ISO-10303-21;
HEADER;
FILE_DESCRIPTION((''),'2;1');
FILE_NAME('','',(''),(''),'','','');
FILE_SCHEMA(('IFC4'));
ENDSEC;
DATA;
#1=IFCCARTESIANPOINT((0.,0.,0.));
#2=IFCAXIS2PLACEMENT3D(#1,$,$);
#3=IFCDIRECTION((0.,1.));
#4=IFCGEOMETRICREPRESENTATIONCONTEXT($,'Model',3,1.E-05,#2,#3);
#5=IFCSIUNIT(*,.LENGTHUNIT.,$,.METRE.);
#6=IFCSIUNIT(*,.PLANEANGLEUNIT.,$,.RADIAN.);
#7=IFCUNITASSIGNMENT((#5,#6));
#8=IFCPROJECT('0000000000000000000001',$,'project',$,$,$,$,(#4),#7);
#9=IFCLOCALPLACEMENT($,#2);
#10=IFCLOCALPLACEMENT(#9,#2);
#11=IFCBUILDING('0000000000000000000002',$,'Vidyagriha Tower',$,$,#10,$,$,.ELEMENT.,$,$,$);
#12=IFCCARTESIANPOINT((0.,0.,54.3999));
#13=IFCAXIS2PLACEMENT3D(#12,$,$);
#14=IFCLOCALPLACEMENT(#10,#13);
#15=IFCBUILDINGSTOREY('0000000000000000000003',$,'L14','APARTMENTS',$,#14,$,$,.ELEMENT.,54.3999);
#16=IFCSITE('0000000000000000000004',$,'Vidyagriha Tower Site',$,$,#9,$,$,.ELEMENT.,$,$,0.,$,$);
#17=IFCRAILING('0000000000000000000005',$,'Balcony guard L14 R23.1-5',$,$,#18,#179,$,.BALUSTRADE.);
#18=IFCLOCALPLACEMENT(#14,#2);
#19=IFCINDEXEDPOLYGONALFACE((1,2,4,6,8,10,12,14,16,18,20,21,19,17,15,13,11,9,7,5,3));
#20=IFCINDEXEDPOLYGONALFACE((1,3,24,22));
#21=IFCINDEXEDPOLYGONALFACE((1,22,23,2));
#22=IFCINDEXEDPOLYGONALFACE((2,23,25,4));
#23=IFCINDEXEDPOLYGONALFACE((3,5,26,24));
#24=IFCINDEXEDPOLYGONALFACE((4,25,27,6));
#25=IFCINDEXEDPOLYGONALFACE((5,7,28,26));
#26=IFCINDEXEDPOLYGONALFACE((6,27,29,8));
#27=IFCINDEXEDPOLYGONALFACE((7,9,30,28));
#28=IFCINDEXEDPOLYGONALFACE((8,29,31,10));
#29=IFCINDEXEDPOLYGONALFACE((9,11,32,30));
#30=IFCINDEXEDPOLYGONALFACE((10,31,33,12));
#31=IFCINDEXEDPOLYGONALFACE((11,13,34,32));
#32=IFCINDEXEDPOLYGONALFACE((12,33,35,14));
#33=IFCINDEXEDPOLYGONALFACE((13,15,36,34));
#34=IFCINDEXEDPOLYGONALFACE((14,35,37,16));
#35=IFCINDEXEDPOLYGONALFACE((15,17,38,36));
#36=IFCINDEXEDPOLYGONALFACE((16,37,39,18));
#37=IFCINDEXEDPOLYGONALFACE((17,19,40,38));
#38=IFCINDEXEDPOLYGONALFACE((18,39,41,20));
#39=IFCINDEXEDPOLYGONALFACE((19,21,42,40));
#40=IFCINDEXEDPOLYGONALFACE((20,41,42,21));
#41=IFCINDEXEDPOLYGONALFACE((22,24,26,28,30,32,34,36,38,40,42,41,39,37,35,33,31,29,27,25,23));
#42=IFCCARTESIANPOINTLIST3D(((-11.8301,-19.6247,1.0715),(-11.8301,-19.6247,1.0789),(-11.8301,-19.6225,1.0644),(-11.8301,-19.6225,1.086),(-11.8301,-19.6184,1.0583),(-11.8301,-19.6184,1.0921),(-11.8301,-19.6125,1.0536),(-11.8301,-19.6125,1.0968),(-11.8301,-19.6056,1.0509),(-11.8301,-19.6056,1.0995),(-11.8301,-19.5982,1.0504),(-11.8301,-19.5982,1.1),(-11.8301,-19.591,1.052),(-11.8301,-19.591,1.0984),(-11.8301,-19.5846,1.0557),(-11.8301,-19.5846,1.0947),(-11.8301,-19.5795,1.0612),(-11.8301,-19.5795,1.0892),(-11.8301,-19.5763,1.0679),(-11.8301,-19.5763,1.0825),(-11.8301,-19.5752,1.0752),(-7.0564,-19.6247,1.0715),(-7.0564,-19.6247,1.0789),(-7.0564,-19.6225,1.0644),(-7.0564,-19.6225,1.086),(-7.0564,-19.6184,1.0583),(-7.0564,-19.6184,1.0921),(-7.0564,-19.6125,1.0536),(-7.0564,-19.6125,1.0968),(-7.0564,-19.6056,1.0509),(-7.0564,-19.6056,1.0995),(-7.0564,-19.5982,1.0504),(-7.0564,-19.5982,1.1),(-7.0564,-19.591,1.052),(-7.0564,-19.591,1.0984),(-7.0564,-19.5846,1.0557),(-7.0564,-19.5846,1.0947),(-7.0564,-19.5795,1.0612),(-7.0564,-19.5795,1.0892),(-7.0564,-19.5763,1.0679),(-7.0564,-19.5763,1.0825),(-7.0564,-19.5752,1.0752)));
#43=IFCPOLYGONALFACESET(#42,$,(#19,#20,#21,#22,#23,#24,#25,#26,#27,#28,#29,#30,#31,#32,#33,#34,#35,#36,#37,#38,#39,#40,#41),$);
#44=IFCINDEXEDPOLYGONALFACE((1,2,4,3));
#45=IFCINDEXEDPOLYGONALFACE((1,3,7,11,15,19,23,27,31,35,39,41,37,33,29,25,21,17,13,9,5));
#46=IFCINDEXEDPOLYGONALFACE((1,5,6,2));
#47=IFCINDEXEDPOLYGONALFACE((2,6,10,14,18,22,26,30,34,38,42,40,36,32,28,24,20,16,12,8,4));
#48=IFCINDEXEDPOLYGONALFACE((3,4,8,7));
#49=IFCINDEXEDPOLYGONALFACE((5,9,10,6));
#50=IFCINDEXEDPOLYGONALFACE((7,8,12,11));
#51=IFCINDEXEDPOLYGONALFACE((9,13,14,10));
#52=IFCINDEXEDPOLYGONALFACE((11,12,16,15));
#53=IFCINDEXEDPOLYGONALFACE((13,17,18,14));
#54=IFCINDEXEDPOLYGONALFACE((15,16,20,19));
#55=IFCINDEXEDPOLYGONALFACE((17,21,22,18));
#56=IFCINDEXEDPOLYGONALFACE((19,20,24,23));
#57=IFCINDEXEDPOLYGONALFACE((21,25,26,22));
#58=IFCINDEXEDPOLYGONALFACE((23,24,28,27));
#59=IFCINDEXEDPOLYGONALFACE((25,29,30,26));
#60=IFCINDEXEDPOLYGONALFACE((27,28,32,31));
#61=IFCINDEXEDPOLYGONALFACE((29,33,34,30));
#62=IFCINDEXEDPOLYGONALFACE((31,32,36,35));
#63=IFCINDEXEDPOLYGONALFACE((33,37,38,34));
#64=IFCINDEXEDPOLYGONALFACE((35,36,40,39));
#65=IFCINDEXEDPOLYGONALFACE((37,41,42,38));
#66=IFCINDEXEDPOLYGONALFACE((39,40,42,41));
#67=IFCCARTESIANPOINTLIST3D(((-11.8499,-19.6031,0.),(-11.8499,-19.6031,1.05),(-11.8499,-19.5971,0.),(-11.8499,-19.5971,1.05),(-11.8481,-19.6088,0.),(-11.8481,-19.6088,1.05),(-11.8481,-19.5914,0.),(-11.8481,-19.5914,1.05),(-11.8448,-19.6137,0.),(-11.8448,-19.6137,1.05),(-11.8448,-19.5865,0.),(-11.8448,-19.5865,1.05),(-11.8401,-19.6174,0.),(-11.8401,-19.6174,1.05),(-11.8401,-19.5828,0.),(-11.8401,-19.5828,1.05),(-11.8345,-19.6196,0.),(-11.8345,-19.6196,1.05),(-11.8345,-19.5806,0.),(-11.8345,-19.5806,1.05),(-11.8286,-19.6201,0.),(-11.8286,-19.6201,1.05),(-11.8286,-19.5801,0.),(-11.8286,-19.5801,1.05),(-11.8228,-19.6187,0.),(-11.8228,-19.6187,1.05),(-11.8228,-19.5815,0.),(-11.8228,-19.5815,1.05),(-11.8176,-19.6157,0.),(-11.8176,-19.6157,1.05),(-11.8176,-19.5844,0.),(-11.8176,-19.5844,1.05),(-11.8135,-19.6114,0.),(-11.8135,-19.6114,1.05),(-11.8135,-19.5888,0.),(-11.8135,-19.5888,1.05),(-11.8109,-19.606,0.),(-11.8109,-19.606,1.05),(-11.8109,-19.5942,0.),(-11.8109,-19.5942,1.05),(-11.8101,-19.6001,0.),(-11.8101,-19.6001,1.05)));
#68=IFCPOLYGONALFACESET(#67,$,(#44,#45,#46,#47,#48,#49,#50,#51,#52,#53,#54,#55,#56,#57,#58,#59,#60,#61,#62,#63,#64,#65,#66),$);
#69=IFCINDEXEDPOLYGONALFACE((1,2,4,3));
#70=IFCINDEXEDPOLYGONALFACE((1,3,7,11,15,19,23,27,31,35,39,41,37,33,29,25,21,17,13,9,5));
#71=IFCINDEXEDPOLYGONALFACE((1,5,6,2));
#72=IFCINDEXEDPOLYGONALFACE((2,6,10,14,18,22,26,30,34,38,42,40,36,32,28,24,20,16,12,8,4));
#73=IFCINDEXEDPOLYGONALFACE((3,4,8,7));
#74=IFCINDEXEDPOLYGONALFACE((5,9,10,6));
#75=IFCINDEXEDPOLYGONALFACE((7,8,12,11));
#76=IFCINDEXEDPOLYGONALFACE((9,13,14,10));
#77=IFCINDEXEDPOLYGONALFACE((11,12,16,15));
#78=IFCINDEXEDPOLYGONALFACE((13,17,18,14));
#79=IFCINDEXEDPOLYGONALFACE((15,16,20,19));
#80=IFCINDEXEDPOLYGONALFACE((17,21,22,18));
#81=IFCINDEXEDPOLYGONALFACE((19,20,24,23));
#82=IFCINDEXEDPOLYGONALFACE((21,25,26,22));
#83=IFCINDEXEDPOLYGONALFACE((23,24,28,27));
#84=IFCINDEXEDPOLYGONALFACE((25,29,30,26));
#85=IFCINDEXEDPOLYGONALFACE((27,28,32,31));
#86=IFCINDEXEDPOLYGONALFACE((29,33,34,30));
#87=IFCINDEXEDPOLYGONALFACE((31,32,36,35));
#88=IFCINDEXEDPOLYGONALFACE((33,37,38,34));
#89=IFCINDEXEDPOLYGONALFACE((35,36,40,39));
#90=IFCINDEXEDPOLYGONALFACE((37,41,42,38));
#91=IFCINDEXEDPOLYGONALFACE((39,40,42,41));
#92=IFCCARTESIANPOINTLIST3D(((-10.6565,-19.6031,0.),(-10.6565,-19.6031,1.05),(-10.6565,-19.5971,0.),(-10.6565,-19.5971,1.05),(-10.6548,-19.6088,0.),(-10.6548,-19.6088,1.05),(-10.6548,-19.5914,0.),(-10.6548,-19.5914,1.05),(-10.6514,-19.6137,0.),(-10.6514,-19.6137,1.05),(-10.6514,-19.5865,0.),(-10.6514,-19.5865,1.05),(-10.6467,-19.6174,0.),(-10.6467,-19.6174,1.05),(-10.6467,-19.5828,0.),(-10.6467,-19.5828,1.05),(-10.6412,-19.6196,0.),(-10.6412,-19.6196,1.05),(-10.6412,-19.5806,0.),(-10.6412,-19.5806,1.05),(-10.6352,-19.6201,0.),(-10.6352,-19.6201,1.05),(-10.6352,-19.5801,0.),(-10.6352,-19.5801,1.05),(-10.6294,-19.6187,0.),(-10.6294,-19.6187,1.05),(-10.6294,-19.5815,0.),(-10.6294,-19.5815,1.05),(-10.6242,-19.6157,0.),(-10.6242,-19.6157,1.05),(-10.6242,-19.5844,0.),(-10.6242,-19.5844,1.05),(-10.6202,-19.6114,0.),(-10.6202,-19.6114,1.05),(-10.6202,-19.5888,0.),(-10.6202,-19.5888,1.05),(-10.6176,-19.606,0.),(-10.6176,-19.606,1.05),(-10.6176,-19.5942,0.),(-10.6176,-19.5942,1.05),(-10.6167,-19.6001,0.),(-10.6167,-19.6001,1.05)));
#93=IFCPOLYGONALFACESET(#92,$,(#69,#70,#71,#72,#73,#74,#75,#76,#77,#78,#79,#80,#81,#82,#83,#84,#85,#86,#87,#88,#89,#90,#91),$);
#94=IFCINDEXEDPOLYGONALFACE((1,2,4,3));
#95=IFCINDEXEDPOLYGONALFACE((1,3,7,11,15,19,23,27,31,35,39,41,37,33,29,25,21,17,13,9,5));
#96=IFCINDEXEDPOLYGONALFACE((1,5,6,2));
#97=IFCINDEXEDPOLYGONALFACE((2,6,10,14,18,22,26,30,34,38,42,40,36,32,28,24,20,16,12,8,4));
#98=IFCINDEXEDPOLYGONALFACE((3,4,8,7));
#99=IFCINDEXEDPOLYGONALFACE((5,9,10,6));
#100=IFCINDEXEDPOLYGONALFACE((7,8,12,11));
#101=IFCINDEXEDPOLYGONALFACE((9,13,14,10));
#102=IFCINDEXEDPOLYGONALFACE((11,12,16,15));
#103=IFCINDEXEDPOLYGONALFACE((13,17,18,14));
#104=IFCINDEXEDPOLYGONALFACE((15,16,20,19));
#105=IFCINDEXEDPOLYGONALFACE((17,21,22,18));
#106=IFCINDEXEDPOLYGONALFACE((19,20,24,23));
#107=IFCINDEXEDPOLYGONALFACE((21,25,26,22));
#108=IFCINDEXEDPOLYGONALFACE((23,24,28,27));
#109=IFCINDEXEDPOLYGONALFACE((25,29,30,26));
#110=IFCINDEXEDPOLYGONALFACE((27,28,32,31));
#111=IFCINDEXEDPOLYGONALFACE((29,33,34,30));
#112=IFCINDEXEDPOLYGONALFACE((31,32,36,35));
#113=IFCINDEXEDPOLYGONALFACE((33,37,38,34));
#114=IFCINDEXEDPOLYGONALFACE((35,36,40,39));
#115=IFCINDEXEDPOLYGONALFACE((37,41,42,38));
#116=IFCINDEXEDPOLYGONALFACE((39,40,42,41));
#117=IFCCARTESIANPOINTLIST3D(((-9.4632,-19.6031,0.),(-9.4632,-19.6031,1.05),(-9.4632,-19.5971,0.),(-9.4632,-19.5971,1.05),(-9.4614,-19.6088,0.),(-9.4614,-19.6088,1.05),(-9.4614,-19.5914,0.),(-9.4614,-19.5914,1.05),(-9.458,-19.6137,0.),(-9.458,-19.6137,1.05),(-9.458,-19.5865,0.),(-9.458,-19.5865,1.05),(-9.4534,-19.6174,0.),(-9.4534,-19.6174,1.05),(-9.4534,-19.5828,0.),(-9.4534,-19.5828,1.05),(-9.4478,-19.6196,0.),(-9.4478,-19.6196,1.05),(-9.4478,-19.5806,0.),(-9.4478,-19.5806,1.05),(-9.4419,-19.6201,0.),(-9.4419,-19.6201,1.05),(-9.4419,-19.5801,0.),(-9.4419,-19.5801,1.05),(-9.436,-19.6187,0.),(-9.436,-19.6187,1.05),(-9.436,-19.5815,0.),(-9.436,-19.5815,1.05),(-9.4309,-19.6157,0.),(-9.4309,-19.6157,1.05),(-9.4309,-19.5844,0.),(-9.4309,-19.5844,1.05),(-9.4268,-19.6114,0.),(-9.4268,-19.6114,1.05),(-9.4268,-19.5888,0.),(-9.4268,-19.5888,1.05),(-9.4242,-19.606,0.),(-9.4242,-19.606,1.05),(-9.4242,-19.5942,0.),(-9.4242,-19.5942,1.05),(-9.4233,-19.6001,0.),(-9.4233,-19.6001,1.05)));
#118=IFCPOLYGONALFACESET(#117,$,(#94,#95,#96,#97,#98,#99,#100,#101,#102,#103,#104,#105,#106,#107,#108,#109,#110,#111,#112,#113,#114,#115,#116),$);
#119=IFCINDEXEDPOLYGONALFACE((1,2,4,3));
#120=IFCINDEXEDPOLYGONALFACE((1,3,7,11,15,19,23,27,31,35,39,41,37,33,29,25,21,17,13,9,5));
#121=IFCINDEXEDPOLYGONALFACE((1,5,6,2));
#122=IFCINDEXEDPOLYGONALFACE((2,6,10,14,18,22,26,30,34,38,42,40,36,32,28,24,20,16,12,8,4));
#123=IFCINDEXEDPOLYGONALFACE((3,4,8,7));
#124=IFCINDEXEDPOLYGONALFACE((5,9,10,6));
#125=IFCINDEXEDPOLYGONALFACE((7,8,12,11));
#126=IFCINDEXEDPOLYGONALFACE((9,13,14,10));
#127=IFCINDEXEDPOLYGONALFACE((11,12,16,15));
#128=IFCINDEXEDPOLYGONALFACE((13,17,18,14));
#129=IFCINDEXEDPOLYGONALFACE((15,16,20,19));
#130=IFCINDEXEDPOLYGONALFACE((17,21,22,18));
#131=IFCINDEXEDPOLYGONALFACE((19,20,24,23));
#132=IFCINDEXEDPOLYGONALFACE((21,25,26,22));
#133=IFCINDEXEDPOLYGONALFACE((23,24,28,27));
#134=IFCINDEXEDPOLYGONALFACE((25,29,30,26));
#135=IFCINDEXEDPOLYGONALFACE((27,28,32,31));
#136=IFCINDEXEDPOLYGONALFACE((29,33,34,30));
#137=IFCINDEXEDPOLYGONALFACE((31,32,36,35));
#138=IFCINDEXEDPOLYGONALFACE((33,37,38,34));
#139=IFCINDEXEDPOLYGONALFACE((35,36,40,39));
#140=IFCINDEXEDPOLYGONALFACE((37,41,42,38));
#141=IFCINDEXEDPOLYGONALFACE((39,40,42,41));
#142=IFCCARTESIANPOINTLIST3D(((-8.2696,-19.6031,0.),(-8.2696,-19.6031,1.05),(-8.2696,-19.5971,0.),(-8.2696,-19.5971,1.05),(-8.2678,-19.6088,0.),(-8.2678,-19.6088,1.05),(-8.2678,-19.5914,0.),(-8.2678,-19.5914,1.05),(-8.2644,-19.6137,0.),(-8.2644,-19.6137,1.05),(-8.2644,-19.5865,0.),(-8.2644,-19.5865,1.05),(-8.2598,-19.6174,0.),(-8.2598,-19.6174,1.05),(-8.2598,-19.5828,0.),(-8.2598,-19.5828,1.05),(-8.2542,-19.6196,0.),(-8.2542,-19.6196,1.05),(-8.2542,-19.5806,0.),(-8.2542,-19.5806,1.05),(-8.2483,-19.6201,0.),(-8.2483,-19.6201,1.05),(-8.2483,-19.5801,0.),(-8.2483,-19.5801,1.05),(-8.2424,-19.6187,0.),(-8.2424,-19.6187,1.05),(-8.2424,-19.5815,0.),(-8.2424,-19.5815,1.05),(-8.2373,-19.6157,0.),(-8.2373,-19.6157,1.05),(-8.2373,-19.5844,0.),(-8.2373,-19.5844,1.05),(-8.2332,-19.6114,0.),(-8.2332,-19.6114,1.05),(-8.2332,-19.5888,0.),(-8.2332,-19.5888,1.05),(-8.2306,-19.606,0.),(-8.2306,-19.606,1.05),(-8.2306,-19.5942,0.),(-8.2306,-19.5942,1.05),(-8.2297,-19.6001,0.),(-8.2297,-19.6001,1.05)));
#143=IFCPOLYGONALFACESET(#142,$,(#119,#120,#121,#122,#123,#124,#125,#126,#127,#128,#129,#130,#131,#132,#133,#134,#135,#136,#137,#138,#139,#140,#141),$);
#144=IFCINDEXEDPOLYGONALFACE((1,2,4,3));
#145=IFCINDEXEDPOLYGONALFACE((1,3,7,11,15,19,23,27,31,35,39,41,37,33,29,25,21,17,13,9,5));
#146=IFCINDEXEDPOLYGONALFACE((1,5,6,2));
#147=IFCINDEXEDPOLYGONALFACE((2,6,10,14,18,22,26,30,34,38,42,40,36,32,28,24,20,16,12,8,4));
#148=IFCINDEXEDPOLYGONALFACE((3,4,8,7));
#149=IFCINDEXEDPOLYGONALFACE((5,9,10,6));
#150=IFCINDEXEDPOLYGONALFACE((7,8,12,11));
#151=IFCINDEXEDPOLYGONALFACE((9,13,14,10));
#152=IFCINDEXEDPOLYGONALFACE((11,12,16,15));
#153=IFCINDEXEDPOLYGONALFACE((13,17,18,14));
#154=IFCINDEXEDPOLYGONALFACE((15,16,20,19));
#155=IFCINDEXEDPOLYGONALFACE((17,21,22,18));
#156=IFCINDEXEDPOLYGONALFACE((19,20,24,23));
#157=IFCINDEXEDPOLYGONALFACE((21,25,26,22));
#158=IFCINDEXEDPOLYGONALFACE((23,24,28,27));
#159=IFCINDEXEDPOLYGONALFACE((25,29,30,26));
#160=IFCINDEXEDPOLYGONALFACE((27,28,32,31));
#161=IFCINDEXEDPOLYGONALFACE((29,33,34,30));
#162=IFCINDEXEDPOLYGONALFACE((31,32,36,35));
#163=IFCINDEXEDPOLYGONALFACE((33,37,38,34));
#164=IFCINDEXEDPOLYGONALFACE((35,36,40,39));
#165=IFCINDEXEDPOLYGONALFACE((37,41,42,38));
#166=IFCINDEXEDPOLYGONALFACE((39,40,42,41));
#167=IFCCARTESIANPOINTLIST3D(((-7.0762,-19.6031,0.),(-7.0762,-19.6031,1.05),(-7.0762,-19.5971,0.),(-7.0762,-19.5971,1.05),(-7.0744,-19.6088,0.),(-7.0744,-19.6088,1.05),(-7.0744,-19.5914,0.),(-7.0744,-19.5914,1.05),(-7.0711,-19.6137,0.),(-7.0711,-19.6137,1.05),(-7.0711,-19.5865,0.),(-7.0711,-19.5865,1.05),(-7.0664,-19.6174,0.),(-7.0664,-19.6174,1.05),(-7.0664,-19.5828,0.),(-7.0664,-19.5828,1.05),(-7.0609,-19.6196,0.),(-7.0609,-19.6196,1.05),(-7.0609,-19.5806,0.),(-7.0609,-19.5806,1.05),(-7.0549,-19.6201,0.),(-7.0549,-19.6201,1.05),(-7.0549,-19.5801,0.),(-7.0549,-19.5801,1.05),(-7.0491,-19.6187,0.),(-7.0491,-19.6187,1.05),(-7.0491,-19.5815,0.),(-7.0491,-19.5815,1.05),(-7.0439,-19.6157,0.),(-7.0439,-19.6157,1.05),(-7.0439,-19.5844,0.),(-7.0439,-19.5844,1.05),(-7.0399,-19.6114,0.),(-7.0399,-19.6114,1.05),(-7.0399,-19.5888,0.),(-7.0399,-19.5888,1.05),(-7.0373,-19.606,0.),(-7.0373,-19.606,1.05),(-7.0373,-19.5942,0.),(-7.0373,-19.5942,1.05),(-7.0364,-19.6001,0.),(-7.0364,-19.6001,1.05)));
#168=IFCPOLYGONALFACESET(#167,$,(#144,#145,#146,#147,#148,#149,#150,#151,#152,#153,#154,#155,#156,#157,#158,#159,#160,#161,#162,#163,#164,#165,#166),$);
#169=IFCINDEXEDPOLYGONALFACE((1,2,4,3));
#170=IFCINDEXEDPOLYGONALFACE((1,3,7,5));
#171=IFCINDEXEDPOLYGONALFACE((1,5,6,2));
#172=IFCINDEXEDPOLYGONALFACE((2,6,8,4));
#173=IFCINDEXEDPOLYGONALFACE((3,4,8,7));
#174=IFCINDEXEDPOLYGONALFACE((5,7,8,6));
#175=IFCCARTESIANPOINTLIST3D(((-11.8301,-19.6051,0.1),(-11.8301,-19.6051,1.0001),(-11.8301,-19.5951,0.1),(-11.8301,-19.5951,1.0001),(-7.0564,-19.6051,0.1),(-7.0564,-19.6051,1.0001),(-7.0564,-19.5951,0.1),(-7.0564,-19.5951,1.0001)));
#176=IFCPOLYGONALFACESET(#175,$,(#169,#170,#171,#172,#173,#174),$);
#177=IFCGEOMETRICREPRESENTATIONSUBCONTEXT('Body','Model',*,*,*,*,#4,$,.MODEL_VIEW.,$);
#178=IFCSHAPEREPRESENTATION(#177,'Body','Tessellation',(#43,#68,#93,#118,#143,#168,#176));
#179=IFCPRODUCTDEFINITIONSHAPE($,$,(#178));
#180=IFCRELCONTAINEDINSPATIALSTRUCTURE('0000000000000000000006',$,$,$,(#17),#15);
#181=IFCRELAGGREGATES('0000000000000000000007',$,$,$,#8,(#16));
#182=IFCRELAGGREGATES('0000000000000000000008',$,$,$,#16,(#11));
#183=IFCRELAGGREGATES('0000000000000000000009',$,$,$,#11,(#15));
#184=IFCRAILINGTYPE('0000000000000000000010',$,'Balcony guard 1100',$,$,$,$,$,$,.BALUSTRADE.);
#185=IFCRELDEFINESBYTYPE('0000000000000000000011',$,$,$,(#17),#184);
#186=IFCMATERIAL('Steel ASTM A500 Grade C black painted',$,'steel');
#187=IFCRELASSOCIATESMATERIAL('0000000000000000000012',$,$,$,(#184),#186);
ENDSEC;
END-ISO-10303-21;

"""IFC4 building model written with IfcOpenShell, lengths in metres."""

from ifc_helpers import new_model, si_unit, direction, frame, origin, origin_2d, place, context, subcontext, project, spatial, rectangle, circle, extrude, material, type_object, element, save


model = new_model("IFC4")

# Units and contexts
model_context = context("Model", 3, precision=1e-05, world=origin(), true_north=direction((0.0, 1.0)))
body_context = subcontext(model_context, "Body", "Model", "MODEL_VIEW")
ifc_project = project(units=[si_unit("LENGTHUNIT", "METRE"), si_unit("PLANEANGLEUNIT", "RADIAN")], contexts=[model_context])

# Site, building, storey
site_placement = place(None, origin())
site = spatial("IfcSite", under=ifc_project, at=site_placement, Name="Vidyagriha Tower Site", CompositionType="ELEMENT", RefElevation=0.0)
building_placement = place(site_placement, origin())
building = spatial("IfcBuilding", under=site, at=building_placement, Name="Vidyagriha Tower", CompositionType="ELEMENT")
storey_placement = place(building_placement, frame((0.0, 0.0, 54.3999)))
storey = spatial("IfcBuildingStorey", under=building, at=storey_placement, Name="L14", Description="APARTMENTS", CompositionType="ELEMENT", Elevation=54.3999)

# Railing
ifc_material_1 = material(Name="Steel ASTM A500 Grade C black painted", Category="steel")
railing_type = type_object("IfcRailingType", Name="Balcony guard 1100", PredefinedType="BALUSTRADE", material=ifc_material_1)
railing_1_placement = place(storey_placement, frame((-11.8301, -19.6001, 0.0)))
element("IfcRailing", 1, at=railing_1_placement, inside=storey, type_object=railing_type, Name="Balcony guard L14 R23.1-5", PredefinedType="BALUSTRADE", context=body_context, shape_type="SweptSolid", body=[
    extrude(circle(Radius=0.0249, at=origin_2d()), frame((0.0, 0.0, 1.0752), z_axis=(1.0, 0.0, 0.0), x_axis=(0.0, 1.0, 0.0)), (0.0, 0.0, 1.0), 4.7737),
    extrude(circle(Radius=0.02, at=origin_2d()), origin(), (0.0, 0.0, 1.0), 1.05),
    extrude(circle(Radius=0.02, at=origin_2d()), frame((1.1934, 0.0, 0.0)), (0.0, 0.0, 1.0), 1.05),
    extrude(circle(Radius=0.02, at=origin_2d()), frame((2.3867, 0.0, 0.0)), (0.0, 0.0, 1.0), 1.05),
    extrude(circle(Radius=0.02, at=origin_2d()), frame((3.5803, 0.0, 0.0)), (0.0, 0.0, 1.0), 1.05),
    extrude(circle(Radius=0.02, at=origin_2d()), frame((4.7737, 0.0, 0.0)), (0.0, 0.0, 1.0), 1.05),
    extrude(rectangle(XDim=0.01, YDim=0.9001, at=origin_2d()), frame((0.0, 0.0, 0.55), z_axis=(1.0, 0.0, 0.0), x_axis=(0.0, 1.0, 0.0)), (0.0, 0.0, 1.0), 4.7737),
])

save(model, "model.ifc")
